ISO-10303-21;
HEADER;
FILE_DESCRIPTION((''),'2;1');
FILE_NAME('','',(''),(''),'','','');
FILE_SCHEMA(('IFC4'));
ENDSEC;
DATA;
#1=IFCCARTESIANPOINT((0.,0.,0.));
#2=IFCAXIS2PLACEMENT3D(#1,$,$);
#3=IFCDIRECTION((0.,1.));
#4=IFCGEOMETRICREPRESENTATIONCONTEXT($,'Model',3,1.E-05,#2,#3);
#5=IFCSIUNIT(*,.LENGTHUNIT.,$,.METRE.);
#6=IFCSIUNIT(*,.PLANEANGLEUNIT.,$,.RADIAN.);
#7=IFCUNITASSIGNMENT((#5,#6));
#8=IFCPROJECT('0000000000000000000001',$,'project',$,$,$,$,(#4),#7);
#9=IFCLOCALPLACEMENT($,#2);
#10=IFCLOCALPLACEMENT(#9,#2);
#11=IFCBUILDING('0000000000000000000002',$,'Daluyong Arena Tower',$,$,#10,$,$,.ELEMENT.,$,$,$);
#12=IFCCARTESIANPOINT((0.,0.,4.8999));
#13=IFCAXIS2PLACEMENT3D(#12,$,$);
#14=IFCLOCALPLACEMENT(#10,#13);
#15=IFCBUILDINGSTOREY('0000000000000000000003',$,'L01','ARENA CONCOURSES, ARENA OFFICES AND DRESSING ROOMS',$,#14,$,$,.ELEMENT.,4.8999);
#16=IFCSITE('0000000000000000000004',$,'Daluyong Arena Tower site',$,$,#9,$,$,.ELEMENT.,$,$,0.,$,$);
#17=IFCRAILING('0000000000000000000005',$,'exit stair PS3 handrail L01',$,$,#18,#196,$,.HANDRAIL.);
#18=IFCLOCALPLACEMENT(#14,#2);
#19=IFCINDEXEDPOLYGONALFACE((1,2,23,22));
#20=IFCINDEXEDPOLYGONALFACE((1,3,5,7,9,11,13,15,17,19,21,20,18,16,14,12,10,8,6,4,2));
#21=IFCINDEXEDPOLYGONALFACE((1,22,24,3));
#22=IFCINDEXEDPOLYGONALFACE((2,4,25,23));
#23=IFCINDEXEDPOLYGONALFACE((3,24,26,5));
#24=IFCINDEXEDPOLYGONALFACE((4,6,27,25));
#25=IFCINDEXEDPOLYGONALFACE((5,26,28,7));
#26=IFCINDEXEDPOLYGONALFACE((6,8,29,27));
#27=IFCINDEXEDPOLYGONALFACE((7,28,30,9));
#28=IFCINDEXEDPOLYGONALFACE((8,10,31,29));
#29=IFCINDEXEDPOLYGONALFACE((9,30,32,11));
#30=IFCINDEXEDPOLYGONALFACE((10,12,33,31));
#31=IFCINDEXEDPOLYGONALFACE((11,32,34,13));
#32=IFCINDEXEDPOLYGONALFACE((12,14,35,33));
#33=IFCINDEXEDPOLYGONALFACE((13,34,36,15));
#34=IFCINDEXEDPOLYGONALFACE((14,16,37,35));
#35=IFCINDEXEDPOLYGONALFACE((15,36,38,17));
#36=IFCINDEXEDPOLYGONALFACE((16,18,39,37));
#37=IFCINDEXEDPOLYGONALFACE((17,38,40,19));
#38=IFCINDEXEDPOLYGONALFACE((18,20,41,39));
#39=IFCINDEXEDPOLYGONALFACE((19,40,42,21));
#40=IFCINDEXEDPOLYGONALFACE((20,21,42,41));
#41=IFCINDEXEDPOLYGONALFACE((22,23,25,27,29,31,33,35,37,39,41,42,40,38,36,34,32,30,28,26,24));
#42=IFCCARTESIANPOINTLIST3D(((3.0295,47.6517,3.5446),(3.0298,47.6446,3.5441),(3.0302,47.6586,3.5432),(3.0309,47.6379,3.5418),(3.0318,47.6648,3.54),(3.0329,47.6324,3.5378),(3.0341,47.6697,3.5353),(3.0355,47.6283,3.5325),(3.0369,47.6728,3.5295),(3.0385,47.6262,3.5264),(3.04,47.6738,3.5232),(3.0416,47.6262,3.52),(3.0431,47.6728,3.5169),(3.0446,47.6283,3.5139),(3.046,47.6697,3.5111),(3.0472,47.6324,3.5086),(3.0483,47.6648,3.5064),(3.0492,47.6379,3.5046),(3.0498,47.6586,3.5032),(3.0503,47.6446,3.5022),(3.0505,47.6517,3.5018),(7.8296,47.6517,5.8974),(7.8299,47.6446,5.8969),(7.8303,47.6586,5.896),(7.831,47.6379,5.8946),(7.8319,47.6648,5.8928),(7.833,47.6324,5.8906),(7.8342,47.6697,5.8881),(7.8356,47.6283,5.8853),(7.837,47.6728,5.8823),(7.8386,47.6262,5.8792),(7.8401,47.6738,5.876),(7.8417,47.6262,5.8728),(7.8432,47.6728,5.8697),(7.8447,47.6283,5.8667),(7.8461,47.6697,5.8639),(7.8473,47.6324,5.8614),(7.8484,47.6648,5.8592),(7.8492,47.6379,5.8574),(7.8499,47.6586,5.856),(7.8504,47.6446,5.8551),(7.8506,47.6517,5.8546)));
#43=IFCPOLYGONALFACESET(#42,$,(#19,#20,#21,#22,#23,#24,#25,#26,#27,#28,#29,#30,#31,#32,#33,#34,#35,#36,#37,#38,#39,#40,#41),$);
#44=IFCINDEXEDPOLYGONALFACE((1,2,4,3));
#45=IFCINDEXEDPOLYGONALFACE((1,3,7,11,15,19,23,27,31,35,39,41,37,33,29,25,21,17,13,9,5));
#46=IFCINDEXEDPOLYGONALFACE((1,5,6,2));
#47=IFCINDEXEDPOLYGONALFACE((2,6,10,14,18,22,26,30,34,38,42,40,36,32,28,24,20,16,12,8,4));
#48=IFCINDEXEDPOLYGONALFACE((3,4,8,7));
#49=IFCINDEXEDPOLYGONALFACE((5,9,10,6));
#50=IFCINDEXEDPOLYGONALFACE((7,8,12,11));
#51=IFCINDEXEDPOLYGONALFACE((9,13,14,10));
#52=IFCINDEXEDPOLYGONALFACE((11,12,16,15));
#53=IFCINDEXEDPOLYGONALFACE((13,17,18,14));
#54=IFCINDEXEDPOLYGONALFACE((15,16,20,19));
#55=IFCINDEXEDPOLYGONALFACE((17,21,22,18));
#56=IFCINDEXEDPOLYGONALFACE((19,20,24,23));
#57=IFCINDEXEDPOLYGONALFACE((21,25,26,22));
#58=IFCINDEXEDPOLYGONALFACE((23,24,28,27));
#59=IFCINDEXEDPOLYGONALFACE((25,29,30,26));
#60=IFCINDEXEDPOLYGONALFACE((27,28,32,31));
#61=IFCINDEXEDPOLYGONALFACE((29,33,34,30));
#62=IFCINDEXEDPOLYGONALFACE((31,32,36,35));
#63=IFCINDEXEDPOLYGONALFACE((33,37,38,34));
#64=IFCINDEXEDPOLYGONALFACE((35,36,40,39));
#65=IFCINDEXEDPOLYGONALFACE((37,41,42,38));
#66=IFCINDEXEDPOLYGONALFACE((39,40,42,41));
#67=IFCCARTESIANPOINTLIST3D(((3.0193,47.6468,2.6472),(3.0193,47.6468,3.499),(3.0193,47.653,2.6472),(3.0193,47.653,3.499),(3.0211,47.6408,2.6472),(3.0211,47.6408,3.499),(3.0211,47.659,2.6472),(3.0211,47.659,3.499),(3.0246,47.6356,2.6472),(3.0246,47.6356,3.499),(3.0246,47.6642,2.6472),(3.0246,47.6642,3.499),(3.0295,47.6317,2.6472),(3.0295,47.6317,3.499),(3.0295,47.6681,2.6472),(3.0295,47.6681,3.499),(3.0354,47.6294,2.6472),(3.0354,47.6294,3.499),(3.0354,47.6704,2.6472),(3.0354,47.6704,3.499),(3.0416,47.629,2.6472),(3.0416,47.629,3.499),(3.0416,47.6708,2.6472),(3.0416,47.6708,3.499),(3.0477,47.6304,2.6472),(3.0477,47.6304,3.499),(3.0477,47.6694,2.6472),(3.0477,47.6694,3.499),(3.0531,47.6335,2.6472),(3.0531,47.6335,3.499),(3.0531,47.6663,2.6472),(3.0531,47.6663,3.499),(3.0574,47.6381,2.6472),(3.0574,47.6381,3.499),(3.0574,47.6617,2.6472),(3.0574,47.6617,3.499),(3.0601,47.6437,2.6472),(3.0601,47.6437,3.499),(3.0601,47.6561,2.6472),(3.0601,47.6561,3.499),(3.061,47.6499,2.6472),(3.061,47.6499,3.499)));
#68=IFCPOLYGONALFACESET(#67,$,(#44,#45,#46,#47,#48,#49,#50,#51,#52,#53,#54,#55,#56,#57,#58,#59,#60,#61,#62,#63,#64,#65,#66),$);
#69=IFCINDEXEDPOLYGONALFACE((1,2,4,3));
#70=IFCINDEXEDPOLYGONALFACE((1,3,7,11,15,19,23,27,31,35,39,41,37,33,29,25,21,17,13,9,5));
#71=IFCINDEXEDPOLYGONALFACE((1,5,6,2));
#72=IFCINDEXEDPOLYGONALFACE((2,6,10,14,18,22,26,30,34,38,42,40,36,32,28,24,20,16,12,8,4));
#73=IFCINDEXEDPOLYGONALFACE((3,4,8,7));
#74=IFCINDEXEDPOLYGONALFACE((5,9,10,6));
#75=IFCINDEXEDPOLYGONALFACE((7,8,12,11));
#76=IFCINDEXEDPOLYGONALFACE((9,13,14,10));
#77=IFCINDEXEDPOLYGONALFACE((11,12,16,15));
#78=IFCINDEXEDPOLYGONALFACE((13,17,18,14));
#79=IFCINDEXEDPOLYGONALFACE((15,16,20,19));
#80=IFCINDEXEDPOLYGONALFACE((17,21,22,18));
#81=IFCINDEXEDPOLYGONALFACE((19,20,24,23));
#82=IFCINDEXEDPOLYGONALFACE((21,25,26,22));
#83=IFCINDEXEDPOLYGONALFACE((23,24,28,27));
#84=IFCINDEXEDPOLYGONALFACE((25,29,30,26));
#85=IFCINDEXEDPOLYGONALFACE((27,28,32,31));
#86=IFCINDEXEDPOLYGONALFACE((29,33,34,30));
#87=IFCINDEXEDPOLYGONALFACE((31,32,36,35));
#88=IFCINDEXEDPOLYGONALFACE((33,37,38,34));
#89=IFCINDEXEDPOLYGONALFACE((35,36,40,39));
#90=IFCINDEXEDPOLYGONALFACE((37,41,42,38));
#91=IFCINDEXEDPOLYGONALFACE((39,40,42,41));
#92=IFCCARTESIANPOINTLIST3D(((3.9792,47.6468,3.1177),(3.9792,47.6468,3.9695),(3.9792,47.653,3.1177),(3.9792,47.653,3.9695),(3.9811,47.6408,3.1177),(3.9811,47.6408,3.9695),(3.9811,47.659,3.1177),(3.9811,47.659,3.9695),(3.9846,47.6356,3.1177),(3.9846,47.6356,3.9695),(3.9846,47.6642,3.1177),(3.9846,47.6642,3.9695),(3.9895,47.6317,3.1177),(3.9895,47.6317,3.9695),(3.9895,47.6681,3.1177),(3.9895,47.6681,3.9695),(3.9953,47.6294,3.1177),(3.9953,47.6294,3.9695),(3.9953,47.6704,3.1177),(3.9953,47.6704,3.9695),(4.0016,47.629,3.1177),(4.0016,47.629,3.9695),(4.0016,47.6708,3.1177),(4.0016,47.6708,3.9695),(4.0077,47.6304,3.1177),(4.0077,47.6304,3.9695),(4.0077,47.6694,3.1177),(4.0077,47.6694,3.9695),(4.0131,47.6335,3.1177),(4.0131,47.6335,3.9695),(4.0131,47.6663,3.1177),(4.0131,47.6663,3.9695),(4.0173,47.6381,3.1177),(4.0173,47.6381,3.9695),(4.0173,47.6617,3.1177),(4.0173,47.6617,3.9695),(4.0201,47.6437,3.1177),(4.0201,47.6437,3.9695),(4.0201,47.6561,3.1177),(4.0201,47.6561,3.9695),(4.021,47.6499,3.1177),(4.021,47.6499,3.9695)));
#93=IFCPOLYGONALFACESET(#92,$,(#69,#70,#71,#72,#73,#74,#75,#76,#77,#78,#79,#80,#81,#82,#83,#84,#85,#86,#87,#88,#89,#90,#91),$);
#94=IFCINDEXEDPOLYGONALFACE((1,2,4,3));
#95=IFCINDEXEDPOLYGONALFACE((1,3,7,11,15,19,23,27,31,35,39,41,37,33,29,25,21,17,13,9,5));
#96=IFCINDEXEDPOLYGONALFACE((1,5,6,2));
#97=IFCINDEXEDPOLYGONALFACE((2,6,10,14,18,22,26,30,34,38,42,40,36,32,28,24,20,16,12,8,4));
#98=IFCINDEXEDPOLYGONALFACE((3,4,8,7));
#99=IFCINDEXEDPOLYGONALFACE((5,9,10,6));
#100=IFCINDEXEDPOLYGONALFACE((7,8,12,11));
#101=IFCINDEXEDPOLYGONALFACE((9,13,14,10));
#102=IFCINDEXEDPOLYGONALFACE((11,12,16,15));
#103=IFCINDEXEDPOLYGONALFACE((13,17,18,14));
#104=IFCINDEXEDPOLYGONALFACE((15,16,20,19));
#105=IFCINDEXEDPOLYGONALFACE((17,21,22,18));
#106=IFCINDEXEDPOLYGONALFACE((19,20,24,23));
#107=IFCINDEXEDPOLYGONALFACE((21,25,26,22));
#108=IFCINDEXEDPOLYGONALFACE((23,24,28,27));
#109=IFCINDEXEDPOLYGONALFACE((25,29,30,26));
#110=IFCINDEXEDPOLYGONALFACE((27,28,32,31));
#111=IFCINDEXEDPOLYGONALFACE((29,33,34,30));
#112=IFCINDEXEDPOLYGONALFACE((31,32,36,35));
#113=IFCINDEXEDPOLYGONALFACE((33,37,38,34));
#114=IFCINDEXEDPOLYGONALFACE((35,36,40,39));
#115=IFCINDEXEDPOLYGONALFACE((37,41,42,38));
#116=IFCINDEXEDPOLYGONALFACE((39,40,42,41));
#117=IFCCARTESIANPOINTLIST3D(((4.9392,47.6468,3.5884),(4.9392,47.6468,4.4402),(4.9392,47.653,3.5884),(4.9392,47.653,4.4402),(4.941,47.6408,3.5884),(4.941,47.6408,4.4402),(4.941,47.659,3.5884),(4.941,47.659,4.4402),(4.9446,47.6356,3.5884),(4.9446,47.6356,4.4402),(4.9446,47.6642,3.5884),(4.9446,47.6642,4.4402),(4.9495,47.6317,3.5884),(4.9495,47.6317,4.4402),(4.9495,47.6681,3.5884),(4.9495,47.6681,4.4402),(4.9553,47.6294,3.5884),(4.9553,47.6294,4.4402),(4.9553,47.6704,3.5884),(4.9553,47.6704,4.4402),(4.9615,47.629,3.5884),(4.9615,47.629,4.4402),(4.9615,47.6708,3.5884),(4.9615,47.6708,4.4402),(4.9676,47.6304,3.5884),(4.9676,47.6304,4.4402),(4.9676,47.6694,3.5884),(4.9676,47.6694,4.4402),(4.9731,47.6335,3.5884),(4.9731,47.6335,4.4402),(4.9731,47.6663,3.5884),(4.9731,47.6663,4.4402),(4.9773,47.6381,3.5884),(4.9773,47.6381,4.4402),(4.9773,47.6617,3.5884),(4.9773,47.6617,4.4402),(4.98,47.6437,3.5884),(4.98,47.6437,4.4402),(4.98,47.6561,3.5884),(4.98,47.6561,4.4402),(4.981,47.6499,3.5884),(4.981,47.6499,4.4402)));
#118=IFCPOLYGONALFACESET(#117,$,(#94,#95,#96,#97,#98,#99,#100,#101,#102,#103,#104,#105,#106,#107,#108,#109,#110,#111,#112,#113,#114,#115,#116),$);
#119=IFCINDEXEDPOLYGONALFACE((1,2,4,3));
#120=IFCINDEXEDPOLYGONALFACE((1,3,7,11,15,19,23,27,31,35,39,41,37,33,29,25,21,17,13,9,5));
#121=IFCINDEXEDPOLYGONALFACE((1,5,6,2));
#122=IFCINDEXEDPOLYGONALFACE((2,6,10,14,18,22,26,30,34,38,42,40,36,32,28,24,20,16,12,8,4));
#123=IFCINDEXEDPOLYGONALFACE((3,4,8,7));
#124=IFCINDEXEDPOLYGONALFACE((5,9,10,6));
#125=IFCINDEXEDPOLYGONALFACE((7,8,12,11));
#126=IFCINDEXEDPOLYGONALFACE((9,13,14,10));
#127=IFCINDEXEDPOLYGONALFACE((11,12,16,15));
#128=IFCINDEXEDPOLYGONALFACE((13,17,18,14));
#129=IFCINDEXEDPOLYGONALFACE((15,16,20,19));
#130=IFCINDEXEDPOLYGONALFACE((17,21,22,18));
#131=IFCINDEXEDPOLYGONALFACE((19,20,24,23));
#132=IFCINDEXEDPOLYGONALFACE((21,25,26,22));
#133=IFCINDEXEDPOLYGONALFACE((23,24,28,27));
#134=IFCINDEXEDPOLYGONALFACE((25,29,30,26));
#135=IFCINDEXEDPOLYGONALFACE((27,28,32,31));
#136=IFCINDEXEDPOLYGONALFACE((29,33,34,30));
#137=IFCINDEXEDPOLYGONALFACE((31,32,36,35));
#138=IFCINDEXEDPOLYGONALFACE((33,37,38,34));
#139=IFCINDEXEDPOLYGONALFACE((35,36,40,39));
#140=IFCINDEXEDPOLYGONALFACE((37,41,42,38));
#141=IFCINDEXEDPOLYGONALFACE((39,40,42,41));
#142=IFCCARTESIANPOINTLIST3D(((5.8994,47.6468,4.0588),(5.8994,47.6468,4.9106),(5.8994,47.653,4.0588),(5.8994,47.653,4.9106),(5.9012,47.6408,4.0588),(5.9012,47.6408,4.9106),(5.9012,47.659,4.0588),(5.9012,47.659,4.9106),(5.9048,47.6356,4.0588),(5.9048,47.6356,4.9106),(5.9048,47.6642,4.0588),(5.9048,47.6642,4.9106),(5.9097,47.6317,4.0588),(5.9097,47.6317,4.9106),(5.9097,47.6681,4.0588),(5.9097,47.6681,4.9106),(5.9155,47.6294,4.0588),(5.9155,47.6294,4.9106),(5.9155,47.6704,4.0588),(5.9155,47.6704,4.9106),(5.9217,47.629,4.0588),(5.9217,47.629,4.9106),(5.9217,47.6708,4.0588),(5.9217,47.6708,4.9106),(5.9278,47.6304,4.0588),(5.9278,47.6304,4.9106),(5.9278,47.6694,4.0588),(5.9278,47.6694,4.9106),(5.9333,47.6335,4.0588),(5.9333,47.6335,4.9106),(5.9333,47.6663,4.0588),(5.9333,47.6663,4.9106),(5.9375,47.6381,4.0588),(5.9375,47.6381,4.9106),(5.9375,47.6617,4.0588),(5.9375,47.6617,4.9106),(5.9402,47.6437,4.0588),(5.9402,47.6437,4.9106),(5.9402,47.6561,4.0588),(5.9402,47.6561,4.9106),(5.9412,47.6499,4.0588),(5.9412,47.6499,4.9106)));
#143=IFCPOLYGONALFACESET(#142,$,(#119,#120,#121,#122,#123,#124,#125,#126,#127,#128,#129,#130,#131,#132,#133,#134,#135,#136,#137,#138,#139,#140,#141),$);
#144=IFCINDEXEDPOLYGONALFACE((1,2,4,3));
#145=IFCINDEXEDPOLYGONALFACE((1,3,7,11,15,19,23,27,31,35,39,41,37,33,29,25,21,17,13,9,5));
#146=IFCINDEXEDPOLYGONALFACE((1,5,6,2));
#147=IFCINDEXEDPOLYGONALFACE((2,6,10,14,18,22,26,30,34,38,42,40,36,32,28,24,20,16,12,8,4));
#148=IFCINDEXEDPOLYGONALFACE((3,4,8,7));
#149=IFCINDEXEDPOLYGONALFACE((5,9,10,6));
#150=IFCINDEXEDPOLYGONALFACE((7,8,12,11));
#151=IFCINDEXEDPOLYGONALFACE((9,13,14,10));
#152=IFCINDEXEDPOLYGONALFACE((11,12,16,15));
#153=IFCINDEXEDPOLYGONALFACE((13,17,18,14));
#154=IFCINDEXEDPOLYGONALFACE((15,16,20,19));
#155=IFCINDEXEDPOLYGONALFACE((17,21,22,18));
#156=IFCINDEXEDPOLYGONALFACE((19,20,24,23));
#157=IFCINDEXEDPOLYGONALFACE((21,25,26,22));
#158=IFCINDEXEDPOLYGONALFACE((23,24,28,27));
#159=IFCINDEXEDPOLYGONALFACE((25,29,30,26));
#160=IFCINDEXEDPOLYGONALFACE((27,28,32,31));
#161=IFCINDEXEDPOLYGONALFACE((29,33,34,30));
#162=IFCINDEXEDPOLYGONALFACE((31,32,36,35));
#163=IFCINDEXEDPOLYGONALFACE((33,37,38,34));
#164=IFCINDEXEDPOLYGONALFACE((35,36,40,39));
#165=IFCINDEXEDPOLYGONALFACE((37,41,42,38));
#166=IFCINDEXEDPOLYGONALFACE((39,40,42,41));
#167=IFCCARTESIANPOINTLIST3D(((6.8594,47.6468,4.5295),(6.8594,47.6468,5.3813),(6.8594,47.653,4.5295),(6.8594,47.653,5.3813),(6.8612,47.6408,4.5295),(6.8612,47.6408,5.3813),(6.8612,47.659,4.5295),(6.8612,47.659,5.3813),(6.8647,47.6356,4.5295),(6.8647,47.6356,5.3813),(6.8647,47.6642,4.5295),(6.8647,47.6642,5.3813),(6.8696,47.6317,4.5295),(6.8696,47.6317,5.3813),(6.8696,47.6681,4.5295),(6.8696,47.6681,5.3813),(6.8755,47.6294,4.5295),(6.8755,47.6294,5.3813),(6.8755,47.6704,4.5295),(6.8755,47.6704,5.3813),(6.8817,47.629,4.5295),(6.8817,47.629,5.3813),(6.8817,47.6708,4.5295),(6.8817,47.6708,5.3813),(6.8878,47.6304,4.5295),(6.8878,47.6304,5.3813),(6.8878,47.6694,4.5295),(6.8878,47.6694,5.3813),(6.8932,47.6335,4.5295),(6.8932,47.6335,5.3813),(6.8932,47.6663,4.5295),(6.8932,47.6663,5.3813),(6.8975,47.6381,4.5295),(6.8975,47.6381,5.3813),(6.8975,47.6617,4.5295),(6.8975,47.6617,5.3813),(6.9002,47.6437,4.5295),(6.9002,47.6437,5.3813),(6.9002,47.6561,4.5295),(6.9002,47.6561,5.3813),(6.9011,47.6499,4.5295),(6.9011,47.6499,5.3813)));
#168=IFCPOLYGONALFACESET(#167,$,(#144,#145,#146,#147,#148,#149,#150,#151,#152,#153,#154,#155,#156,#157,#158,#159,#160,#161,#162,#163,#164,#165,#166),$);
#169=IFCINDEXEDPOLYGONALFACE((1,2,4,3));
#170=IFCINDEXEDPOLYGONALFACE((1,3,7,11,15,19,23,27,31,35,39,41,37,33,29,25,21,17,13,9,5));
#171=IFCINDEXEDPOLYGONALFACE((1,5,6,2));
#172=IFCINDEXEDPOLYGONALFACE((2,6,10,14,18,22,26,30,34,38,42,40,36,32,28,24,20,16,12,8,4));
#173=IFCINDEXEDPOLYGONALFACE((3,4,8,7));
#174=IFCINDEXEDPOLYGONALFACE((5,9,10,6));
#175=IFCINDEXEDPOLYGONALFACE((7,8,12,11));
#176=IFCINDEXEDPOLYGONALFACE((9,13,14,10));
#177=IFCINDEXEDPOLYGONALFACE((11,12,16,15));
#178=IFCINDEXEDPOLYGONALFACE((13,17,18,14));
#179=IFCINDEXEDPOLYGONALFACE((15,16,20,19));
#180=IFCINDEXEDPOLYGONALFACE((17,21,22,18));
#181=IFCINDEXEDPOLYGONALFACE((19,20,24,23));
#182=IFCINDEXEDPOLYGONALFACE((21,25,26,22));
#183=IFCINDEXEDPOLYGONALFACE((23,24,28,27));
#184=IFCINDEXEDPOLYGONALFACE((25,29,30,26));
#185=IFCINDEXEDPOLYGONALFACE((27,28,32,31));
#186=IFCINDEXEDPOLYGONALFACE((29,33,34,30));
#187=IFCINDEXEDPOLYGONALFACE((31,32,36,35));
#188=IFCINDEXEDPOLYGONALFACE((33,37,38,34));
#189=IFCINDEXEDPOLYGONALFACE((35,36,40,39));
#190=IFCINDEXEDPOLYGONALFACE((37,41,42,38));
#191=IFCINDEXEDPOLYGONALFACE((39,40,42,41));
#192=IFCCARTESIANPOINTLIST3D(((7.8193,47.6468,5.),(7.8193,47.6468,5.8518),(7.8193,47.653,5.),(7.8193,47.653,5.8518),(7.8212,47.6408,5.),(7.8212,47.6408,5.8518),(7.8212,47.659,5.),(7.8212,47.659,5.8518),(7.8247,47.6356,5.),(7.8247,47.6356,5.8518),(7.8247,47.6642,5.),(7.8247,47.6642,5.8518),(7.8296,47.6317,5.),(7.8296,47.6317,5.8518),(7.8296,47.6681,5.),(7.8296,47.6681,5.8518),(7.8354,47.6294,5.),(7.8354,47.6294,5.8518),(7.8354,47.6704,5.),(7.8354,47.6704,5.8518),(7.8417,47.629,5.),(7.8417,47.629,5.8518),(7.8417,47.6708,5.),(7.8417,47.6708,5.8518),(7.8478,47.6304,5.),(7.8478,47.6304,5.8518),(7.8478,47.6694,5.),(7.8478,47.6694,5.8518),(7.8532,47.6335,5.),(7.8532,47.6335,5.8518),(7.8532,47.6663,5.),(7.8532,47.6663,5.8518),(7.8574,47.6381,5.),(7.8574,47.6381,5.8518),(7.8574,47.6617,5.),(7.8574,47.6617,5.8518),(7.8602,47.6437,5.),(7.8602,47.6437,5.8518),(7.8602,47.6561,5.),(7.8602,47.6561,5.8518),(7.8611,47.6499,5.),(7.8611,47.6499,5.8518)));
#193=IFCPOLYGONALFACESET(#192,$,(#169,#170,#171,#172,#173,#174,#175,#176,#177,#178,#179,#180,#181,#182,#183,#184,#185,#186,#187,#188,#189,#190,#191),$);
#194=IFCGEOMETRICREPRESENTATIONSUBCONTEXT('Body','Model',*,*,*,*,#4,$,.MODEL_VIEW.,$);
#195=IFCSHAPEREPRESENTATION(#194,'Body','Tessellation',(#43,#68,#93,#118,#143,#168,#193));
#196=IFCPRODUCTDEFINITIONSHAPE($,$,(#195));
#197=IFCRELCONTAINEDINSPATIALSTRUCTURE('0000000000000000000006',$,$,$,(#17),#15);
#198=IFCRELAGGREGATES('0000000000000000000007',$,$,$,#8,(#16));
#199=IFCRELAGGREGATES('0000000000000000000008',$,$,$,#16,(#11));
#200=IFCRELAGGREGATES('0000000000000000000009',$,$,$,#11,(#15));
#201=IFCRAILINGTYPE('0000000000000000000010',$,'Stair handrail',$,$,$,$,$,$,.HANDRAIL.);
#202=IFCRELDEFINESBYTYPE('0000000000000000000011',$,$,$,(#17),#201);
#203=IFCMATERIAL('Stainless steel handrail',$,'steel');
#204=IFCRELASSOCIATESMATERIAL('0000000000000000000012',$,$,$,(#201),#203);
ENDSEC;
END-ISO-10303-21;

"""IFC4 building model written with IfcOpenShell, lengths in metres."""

from ifc_helpers import new_model, si_unit, direction, frame, origin, origin_2d, place, context, subcontext, project, spatial, circle, extrude, material, type_object, element, save


model = new_model("IFC4")

# Units and contexts
model_context = context("Model", 3, precision=1e-05, world=origin(), true_north=direction((0.0, 1.0)))
body_context = subcontext(model_context, "Body", "Model", "MODEL_VIEW")
ifc_project = project(units=[si_unit("LENGTHUNIT", "METRE"), si_unit("PLANEANGLEUNIT", "RADIAN")], contexts=[model_context])

# Site, building, storey
site_placement = place(None, origin())
site = spatial("IfcSite", under=ifc_project, at=site_placement, Name="Daluyong Arena Tower site", CompositionType="ELEMENT", RefElevation=0.0)
building_placement = place(site_placement, origin())
building = spatial("IfcBuilding", under=site, at=building_placement, Name="Daluyong Arena Tower", CompositionType="ELEMENT")
storey_placement = place(building_placement, frame((0.0, 0.0, 4.8999)))
storey = spatial("IfcBuildingStorey", under=building, at=storey_placement, Name="L01", Description="ARENA CONCOURSES, ARENA OFFICES AND DRESSING ROOMS", CompositionType="ELEMENT", Elevation=4.8999)

# Railing
ifc_material_1 = material(Name="Stainless steel handrail", Category="steel")
railing_type_1 = type_object("IfcRailingType", Name="Stair handrail", PredefinedType="HANDRAIL", material=ifc_material_1)
railing_1_placement = place(storey_placement, frame((3.04, 47.6499, 2.6472)))
element("IfcRailing", 1, at=railing_1_placement, inside=storey, type_object=railing_type_1, Name="exit stair PS3 handrail L01", PredefinedType="HANDRAIL", context=body_context, shape_type="SweptSolid", body=[
    extrude(circle(Radius=0.0239, at=origin_2d()), frame((0.0, 0.0, 0.876), z_axis=(0.897934, 0.0, 0.44013), x_axis=(0.0, 1.0, 0.0)), (0.0, 0.0, 1.0), 5.3457),
    extrude(circle(Radius=0.021, at=origin_2d()), origin(), (0.0, 0.0, 1.0), 0.8518),
    extrude(circle(Radius=0.021, at=origin_2d()), frame((0.96, 0.0, 0.4705)), (0.0, 0.0, 1.0), 0.8518),
    extrude(circle(Radius=0.021, at=origin_2d()), frame((1.9199, 0.0, 0.9412)), (0.0, 0.0, 1.0), 0.8518),
    extrude(circle(Radius=0.021, at=origin_2d()), frame((2.8801, 0.0, 1.4116)), (0.0, 0.0, 1.0), 0.8518),
    extrude(circle(Radius=0.021, at=origin_2d()), frame((3.8401, 0.0, 1.8823)), (0.0, 0.0, 1.0), 0.8518),
    extrude(circle(Radius=0.021, at=origin_2d()), frame((4.8, 0.0, 2.3528)), (0.0, 0.0, 1.0), 0.8518),
])

save(model, "model.ifc")
